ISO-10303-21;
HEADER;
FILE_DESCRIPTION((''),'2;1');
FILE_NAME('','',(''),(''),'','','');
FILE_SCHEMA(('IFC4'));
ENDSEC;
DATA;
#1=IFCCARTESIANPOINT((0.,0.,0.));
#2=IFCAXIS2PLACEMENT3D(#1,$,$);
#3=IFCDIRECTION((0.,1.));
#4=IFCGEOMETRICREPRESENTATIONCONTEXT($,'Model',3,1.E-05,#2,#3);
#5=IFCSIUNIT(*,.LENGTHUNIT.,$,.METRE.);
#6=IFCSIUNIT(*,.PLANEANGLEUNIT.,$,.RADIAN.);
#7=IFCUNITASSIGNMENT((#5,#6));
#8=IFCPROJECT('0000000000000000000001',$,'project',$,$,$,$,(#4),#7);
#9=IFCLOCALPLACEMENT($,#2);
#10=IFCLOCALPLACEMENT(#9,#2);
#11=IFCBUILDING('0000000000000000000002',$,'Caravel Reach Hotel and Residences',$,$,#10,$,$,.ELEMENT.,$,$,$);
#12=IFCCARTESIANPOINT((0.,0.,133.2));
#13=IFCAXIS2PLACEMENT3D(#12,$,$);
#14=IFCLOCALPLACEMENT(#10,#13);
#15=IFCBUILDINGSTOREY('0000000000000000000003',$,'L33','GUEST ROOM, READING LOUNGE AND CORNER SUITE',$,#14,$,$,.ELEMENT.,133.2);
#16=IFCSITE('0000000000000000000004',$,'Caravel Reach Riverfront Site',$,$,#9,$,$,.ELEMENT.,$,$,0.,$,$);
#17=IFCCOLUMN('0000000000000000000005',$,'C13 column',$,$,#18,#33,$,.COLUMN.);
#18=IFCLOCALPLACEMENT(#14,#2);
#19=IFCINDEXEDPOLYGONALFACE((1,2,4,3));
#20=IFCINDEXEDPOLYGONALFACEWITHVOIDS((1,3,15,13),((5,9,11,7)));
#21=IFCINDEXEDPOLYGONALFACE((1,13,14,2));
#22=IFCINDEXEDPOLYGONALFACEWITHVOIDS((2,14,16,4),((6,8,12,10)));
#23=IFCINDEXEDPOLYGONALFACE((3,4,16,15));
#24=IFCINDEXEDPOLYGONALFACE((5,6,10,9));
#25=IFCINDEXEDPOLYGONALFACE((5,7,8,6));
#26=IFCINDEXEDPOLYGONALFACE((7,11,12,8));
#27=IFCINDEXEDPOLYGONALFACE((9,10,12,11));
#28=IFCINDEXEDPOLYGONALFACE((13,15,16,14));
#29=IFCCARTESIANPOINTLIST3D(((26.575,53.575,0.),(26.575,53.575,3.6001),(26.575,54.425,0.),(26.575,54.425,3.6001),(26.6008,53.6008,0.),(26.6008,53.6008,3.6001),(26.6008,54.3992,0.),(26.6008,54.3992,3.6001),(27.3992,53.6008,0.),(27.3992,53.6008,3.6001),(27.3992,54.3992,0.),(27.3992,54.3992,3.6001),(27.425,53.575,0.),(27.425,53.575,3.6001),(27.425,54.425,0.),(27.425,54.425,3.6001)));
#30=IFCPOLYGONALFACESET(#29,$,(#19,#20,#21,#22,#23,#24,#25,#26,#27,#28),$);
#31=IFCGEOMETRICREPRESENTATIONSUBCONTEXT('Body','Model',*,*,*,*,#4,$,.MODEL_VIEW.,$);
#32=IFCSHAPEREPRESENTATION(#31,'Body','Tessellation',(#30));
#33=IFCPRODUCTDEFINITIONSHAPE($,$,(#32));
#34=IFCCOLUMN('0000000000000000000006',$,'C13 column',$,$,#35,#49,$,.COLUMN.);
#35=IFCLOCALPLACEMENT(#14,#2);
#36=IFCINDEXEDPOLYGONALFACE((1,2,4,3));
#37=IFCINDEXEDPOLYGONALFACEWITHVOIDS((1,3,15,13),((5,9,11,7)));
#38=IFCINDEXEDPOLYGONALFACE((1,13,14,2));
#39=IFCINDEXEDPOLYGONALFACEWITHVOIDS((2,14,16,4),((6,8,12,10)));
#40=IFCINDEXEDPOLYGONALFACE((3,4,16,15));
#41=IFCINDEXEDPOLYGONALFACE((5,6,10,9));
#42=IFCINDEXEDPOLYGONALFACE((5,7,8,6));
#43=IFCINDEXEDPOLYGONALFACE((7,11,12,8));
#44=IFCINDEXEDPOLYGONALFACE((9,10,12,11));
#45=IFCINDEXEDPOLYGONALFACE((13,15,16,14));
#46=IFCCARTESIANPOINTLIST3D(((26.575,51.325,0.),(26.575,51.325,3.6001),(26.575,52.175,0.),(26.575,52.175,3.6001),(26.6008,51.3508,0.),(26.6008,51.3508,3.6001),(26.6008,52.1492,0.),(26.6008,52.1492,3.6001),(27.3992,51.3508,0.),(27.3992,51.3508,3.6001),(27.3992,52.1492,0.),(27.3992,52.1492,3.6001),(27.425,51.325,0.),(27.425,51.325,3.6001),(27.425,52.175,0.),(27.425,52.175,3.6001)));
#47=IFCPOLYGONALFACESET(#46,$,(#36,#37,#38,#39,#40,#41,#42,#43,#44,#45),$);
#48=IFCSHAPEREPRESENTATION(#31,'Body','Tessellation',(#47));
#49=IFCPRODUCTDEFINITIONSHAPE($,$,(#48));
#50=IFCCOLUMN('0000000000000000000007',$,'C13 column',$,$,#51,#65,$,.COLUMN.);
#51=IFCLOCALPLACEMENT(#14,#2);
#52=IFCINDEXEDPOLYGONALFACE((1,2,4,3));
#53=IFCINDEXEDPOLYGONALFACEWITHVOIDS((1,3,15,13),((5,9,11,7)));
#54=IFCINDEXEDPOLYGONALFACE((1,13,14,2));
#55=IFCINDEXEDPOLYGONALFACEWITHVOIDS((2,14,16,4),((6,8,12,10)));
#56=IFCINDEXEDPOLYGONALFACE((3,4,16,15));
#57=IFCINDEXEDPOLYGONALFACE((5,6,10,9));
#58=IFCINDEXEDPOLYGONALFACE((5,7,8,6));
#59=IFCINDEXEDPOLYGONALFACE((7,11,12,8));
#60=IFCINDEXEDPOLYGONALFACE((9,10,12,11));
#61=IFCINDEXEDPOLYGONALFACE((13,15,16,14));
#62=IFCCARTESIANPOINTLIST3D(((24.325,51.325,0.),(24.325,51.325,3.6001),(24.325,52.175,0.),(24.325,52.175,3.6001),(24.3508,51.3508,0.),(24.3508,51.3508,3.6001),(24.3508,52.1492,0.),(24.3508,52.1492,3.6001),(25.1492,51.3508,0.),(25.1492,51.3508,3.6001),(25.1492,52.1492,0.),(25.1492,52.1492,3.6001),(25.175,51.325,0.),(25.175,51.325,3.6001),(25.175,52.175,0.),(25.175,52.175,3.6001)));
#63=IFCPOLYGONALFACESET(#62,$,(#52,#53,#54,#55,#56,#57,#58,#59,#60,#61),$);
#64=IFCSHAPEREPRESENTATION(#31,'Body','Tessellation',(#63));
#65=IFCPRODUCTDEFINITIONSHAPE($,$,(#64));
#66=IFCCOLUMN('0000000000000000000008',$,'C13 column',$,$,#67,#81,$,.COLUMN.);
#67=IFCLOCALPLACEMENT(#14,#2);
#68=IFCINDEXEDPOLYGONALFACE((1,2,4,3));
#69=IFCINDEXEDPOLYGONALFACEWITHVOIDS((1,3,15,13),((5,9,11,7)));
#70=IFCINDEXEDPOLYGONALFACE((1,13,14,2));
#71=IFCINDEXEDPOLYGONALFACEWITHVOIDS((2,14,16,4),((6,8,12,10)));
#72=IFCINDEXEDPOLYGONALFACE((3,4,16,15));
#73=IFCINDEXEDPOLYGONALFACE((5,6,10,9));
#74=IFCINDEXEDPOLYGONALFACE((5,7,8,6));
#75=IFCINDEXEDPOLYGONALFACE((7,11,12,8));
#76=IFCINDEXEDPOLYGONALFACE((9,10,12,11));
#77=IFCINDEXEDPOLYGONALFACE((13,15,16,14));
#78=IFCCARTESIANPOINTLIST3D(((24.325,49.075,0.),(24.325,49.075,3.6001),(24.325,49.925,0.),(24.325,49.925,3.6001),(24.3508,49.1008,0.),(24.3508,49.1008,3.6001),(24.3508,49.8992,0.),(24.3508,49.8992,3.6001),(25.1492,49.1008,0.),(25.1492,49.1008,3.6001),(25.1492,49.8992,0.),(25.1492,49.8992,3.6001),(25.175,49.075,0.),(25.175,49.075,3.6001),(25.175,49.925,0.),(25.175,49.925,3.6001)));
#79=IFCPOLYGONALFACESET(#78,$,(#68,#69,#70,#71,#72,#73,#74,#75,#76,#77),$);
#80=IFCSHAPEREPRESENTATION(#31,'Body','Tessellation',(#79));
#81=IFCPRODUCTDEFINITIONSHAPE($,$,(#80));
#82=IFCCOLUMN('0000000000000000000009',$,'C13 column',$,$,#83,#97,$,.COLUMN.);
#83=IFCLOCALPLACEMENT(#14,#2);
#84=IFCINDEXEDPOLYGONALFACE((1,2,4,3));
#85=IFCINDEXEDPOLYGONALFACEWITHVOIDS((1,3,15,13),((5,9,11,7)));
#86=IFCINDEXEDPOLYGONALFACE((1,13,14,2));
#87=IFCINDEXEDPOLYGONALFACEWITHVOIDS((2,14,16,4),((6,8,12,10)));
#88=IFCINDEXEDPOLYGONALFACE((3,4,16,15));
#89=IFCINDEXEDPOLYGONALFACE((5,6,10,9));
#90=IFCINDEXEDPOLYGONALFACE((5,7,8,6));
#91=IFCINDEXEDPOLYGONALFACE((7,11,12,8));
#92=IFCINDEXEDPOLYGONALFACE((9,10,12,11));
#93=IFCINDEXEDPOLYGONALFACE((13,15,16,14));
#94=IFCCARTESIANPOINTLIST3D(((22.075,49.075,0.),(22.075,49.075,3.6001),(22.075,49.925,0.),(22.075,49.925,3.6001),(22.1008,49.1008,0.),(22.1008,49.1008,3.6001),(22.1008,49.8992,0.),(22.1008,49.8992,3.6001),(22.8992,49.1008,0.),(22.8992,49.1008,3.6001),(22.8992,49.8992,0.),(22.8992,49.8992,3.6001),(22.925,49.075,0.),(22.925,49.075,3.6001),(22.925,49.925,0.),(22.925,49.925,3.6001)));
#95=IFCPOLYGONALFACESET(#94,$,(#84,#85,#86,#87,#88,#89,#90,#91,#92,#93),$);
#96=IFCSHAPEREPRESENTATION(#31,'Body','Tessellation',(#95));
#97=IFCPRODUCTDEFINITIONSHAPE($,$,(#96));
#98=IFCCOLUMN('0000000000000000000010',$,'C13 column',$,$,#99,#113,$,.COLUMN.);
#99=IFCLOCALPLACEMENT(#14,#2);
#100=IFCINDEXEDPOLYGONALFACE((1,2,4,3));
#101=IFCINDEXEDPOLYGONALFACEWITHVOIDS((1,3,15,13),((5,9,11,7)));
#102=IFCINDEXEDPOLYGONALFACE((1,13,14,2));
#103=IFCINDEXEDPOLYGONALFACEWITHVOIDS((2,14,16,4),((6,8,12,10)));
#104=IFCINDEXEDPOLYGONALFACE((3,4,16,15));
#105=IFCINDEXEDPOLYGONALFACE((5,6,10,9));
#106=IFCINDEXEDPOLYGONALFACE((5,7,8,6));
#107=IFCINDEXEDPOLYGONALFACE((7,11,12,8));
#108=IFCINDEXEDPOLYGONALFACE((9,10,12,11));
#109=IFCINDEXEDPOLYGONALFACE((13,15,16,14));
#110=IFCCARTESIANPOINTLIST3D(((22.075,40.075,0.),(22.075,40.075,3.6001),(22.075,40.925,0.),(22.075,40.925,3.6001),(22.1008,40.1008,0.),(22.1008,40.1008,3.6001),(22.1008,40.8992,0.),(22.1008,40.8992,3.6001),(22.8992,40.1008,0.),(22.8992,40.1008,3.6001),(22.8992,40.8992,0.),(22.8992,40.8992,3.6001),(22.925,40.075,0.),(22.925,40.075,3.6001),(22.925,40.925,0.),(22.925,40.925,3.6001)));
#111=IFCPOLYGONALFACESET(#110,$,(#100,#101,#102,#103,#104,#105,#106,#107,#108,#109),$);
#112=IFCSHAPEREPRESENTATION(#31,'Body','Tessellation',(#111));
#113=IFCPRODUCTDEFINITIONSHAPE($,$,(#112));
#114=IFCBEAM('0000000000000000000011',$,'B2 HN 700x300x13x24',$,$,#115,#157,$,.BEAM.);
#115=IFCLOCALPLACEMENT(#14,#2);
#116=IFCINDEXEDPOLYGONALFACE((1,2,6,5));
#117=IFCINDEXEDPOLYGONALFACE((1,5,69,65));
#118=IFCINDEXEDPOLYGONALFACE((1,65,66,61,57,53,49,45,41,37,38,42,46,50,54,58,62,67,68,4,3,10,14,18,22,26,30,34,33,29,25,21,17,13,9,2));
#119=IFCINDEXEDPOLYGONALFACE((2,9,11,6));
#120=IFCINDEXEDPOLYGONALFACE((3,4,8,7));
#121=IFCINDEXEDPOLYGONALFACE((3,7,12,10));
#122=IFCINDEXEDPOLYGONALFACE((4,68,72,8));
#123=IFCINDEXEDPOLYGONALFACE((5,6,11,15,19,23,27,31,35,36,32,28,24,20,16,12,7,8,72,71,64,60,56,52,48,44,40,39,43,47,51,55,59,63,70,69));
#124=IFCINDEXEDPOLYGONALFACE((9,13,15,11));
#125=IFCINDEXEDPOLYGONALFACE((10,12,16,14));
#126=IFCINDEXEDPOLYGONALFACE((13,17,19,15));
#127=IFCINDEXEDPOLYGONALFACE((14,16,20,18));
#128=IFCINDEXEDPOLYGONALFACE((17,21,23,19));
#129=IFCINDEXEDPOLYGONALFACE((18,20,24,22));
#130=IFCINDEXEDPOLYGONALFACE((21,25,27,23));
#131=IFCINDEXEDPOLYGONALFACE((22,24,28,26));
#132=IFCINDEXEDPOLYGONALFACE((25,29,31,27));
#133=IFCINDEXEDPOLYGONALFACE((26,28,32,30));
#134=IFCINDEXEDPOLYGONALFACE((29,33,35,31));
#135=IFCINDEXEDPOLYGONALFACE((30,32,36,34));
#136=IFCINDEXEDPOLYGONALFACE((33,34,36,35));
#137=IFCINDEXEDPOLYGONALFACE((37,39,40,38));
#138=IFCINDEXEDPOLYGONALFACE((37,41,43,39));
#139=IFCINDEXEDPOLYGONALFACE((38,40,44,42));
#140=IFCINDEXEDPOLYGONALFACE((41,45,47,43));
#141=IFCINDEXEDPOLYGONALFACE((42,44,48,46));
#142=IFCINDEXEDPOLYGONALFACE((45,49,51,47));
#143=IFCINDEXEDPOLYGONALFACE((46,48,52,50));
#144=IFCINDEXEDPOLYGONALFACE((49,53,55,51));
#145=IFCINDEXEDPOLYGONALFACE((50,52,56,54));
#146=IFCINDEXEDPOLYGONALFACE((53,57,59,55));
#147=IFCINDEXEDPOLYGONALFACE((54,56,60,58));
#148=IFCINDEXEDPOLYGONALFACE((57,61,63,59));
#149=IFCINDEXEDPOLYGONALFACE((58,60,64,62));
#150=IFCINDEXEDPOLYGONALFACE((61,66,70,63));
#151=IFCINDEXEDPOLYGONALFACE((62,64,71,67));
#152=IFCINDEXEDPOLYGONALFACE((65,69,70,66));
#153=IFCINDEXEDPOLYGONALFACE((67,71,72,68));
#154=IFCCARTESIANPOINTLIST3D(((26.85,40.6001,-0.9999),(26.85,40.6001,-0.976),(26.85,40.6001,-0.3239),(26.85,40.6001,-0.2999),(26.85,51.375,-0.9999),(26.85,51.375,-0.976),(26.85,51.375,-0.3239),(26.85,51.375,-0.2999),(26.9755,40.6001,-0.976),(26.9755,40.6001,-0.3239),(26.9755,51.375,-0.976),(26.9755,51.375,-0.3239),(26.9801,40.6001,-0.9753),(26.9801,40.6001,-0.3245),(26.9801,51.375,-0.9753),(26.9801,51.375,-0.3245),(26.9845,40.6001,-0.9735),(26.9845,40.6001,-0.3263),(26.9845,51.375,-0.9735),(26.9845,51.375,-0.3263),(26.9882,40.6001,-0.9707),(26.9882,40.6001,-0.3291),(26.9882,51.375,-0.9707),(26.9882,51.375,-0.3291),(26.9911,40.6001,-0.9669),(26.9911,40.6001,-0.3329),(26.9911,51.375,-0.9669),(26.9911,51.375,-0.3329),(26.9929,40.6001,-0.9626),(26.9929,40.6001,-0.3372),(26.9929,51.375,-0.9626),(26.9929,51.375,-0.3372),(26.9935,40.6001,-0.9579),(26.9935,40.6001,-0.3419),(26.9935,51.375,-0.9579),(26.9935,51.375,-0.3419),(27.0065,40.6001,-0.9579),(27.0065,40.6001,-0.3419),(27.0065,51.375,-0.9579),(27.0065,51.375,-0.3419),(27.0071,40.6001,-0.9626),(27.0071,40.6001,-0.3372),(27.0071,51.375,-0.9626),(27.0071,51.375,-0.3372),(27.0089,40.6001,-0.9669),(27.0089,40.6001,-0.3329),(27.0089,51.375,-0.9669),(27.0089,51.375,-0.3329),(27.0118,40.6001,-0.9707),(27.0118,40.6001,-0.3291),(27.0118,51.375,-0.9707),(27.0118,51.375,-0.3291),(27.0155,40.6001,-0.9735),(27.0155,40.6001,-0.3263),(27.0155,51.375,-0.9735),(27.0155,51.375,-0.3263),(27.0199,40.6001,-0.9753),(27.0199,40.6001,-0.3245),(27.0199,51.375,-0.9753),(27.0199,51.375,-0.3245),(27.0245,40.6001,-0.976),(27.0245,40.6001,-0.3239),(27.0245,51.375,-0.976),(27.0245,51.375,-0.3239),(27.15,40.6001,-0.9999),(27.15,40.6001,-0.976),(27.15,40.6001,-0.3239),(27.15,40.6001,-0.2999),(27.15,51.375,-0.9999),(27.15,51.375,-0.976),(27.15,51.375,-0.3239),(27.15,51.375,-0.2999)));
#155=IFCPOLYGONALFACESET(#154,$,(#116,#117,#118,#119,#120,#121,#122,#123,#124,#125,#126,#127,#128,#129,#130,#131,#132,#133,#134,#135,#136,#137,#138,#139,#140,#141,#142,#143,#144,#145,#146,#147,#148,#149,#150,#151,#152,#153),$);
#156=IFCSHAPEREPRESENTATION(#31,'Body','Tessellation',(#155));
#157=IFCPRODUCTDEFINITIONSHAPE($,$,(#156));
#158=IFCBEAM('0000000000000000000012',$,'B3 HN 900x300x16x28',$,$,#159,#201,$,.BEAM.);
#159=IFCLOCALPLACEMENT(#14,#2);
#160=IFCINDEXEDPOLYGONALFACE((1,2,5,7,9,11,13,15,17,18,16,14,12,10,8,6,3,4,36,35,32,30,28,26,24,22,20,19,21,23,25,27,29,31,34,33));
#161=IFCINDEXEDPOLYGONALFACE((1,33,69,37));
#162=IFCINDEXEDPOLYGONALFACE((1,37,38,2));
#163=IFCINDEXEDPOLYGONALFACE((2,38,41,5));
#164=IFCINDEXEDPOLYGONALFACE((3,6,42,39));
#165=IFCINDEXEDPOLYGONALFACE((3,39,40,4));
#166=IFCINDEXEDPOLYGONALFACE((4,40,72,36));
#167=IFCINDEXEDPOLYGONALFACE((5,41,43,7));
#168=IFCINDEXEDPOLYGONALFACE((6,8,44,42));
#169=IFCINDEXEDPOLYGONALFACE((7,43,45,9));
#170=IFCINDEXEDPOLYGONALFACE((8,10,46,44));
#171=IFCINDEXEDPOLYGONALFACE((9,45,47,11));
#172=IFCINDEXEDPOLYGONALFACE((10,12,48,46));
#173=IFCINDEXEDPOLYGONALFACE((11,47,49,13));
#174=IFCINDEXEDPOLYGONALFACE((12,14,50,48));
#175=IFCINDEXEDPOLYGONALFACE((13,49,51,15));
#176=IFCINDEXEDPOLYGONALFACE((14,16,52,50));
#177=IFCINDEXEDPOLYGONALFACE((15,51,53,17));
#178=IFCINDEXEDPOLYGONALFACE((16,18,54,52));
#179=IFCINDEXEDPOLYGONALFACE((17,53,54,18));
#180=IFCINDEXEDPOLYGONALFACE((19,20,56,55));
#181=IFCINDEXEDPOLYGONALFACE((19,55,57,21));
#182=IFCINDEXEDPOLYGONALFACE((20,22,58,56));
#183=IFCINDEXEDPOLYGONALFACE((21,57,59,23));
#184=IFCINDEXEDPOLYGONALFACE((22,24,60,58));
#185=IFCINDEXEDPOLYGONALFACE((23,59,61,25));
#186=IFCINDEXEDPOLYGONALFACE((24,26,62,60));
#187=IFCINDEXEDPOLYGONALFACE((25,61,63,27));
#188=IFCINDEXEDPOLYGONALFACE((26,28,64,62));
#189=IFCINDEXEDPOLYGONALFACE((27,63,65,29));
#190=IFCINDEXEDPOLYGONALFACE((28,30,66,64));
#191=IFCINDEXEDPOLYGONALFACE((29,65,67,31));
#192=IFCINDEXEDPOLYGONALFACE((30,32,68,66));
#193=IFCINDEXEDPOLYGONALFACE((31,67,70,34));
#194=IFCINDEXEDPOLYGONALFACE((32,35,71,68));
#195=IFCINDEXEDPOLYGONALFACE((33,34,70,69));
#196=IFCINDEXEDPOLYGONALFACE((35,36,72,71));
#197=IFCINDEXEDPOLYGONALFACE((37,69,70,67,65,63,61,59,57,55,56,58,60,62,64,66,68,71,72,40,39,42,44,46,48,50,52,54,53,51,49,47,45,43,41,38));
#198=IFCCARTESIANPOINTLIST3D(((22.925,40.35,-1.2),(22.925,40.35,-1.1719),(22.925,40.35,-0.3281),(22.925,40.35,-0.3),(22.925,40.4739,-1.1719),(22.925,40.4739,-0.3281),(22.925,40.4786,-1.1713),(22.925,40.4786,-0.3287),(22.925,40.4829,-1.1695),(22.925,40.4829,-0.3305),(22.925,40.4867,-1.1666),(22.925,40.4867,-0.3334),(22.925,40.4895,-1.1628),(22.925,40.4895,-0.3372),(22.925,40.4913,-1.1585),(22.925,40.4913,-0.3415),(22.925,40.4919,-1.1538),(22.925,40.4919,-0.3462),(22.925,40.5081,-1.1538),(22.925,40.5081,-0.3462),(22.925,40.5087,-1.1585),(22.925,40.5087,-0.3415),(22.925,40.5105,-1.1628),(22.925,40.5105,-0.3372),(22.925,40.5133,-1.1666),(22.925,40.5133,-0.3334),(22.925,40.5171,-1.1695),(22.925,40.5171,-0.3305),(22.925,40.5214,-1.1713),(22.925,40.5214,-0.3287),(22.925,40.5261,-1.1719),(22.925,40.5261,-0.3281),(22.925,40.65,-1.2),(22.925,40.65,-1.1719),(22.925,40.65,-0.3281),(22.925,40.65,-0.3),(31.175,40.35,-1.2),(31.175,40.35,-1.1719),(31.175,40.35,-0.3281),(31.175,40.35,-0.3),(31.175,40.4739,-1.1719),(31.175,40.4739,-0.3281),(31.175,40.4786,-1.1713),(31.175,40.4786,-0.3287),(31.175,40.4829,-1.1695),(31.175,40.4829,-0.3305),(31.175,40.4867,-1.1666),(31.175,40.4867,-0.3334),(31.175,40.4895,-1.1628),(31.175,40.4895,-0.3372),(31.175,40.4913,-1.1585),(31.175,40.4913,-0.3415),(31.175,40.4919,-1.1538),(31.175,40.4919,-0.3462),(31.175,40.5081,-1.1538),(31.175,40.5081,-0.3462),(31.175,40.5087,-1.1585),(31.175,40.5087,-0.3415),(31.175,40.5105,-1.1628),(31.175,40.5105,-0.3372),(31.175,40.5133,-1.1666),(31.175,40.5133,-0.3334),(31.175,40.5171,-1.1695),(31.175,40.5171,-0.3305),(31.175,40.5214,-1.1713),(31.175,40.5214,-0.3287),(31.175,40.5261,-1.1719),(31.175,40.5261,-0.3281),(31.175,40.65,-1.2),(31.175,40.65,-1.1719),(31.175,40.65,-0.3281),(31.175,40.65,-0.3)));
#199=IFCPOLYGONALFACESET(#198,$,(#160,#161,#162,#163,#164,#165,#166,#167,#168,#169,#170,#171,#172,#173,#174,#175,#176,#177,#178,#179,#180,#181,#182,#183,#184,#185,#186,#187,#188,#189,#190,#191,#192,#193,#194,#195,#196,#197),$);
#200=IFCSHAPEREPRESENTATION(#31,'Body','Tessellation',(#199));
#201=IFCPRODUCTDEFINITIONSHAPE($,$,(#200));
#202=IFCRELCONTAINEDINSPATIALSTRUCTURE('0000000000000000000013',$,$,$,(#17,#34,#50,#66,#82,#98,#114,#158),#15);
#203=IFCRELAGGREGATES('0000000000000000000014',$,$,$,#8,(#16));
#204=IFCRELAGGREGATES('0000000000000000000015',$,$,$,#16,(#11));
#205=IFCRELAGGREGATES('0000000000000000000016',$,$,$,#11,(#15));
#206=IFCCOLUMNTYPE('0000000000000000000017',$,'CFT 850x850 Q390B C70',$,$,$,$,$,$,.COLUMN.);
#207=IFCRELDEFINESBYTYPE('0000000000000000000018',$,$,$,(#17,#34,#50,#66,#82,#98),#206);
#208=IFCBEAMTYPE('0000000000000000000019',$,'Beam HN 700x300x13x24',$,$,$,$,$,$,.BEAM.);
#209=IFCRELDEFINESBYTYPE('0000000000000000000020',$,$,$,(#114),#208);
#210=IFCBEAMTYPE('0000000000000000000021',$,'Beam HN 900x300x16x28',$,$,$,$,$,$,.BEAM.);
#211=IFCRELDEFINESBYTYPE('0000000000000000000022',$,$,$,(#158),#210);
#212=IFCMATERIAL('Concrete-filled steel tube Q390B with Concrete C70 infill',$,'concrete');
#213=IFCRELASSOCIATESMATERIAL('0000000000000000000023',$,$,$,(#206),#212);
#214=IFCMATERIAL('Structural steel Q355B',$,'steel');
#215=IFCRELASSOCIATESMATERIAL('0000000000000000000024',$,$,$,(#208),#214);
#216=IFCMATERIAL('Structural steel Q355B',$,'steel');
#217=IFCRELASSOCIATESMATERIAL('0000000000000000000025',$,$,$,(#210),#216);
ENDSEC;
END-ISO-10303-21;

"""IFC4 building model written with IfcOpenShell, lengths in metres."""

from ifc_helpers import new_model, si_unit, direction, frame, origin, origin_2d, place, context, subcontext, project, spatial, hollow_rectangle, i_section, extrude, material, material_profile, profile_set, type_object, element, save


model = new_model("IFC4")

# Units and contexts
model_context = context("Model", 3, precision=1e-05, world=origin(), true_north=direction((0.0, 1.0)))
body_context = subcontext(model_context, "Body", "Model", "MODEL_VIEW")
ifc_project = project(units=[si_unit("LENGTHUNIT", "METRE"), si_unit("PLANEANGLEUNIT", "RADIAN")], contexts=[model_context])

# Site, building, storey
site_placement = place(None, origin())
site = spatial("IfcSite", under=ifc_project, at=site_placement, Name="Caravel Reach Riverfront Site", CompositionType="ELEMENT", RefElevation=0.0)
building_placement = place(site_placement, origin())
building = spatial("IfcBuilding", under=site, at=building_placement, Name="Caravel Reach Hotel and Residences", CompositionType="ELEMENT")
storey_placement = place(building_placement, frame((0.0, 0.0, 133.2)))
storey = spatial("IfcBuildingStorey", under=building, at=storey_placement, Name="L33", Description="GUEST ROOM, READING LOUNGE AND CORNER SUITE", CompositionType="ELEMENT", Elevation=133.2)

# Columns
ifc_material_1 = material(Name="Concrete-filled steel tube Q390B with Concrete C70 infill", Category="concrete")
ifc_material_profile_1 = material_profile(ifc_material_1, hollow_rectangle(XDim=0.8501, YDim=0.8501, WallThickness=0.0259, at=origin_2d()), Name="RHS 850x850x26")
ifc_profile_set_1 = profile_set([ifc_material_profile_1], Name="Concrete-filled steel tube Q390B with Concrete C70 infill")
column_type = type_object("IfcColumnType", Name="CFT 850x850 Q390B C70", PredefinedType="COLUMN", material=ifc_profile_set_1)
for number, where, z_axis, x_axis, name in (
    (1, (27.0, 54.0, 0.0), (0.0, 0.0, 1.0), (1.0, 0.0, 0.0), "C13 column"),
    (2, (27.0, 51.75, 0.0), (0.0, 0.0, 1.0), (1.0, 0.0, 0.0), "C13 column"),
    (3, (24.75, 51.75, 0.0), (0.0, 0.0, 1.0), (1.0, 0.0, 0.0), "C13 column"),
    (4, (24.75, 49.5, 0.0), (0.0, 0.0, 1.0), (1.0, 0.0, 0.0), "C13 column"),
    (5, (22.5, 49.5, 0.0), (0.0, 0.0, 1.0), (1.0, 0.0, 0.0), "C13 column"),
    (6, (22.5, 40.5, 0.0), (0.0, 0.0, 1.0), (1.0, 0.0, 0.0), "C13 column"),
):
    element("IfcColumn", number, at=place(storey_placement, frame(where, z_axis=z_axis, x_axis=x_axis)), inside=storey, type_object=column_type, Name=name, PredefinedType="COLUMN", context=body_context, shape_type="SweptSolid", body=[
        extrude(hollow_rectangle(XDim=0.8501, YDim=0.8501, WallThickness=0.0259, at=origin_2d()), origin(), (0.0, 0.0, 1.0), 3.6001),
    ])

# Beams
ifc_material_2 = material(Name="Structural steel Q355B", Category="steel")
ifc_material_profile_2 = material_profile(ifc_material_2, i_section(OverallWidth=0.3, OverallDepth=0.7, WebThickness=0.0129, FlangeThickness=0.0239, FilletRadius=0.0181, at=origin_2d()), Name="HN 700x300x13x24")
ifc_profile_set_2 = profile_set([ifc_material_profile_2], Name="Structural steel Q355B")
beam_type_1 = type_object("IfcBeamType", Name="Beam HN 700x300x13x24", PredefinedType="BEAM", material=ifc_profile_set_2)
beam_1_placement = place(storey_placement, frame((27.0, 40.6001, -0.6499), z_axis=(0.0, 1.0, 0.0), x_axis=(-1.0, 0.0, 0.0)))
element("IfcBeam", 7, at=beam_1_placement, inside=storey, type_object=beam_type_1, Name="B2 HN 700x300x13x24", PredefinedType="BEAM", context=body_context, shape_type="SweptSolid", body=[
    extrude(i_section(OverallWidth=0.3, OverallDepth=0.7, WebThickness=0.0129, FlangeThickness=0.0239, FilletRadius=0.0181, at=origin_2d()), origin(), (0.0, 0.0, 1.0), 10.7749),
])
ifc_material_3 = material(Name="Structural steel Q355B", Category="steel")
ifc_material_profile_3 = material_profile(ifc_material_3, i_section(OverallWidth=0.3, OverallDepth=0.8999, WebThickness=0.0161, FlangeThickness=0.0281, FilletRadius=0.0181, at=origin_2d()), Name="HN 900x300x16x28")
ifc_profile_set_3 = profile_set([ifc_material_profile_3], Name="Structural steel Q355B")
beam_type_2 = type_object("IfcBeamType", Name="Beam HN 900x300x16x28", PredefinedType="BEAM", material=ifc_profile_set_3)
beam_2_placement = place(storey_placement, frame((22.925, 40.5, -0.75), z_axis=(1.0, 0.0, 0.0), x_axis=(0.0, 1.0, 0.0)))
element("IfcBeam", 8, at=beam_2_placement, inside=storey, type_object=beam_type_2, Name="B3 HN 900x300x16x28", PredefinedType="BEAM", context=body_context, shape_type="SweptSolid", body=[
    extrude(i_section(OverallWidth=0.3, OverallDepth=0.8999, WebThickness=0.0161, FlangeThickness=0.0281, FilletRadius=0.0181, at=origin_2d()), origin(), (0.0, 0.0, 1.0), 8.25),
])

save(model, "model.ifc")
